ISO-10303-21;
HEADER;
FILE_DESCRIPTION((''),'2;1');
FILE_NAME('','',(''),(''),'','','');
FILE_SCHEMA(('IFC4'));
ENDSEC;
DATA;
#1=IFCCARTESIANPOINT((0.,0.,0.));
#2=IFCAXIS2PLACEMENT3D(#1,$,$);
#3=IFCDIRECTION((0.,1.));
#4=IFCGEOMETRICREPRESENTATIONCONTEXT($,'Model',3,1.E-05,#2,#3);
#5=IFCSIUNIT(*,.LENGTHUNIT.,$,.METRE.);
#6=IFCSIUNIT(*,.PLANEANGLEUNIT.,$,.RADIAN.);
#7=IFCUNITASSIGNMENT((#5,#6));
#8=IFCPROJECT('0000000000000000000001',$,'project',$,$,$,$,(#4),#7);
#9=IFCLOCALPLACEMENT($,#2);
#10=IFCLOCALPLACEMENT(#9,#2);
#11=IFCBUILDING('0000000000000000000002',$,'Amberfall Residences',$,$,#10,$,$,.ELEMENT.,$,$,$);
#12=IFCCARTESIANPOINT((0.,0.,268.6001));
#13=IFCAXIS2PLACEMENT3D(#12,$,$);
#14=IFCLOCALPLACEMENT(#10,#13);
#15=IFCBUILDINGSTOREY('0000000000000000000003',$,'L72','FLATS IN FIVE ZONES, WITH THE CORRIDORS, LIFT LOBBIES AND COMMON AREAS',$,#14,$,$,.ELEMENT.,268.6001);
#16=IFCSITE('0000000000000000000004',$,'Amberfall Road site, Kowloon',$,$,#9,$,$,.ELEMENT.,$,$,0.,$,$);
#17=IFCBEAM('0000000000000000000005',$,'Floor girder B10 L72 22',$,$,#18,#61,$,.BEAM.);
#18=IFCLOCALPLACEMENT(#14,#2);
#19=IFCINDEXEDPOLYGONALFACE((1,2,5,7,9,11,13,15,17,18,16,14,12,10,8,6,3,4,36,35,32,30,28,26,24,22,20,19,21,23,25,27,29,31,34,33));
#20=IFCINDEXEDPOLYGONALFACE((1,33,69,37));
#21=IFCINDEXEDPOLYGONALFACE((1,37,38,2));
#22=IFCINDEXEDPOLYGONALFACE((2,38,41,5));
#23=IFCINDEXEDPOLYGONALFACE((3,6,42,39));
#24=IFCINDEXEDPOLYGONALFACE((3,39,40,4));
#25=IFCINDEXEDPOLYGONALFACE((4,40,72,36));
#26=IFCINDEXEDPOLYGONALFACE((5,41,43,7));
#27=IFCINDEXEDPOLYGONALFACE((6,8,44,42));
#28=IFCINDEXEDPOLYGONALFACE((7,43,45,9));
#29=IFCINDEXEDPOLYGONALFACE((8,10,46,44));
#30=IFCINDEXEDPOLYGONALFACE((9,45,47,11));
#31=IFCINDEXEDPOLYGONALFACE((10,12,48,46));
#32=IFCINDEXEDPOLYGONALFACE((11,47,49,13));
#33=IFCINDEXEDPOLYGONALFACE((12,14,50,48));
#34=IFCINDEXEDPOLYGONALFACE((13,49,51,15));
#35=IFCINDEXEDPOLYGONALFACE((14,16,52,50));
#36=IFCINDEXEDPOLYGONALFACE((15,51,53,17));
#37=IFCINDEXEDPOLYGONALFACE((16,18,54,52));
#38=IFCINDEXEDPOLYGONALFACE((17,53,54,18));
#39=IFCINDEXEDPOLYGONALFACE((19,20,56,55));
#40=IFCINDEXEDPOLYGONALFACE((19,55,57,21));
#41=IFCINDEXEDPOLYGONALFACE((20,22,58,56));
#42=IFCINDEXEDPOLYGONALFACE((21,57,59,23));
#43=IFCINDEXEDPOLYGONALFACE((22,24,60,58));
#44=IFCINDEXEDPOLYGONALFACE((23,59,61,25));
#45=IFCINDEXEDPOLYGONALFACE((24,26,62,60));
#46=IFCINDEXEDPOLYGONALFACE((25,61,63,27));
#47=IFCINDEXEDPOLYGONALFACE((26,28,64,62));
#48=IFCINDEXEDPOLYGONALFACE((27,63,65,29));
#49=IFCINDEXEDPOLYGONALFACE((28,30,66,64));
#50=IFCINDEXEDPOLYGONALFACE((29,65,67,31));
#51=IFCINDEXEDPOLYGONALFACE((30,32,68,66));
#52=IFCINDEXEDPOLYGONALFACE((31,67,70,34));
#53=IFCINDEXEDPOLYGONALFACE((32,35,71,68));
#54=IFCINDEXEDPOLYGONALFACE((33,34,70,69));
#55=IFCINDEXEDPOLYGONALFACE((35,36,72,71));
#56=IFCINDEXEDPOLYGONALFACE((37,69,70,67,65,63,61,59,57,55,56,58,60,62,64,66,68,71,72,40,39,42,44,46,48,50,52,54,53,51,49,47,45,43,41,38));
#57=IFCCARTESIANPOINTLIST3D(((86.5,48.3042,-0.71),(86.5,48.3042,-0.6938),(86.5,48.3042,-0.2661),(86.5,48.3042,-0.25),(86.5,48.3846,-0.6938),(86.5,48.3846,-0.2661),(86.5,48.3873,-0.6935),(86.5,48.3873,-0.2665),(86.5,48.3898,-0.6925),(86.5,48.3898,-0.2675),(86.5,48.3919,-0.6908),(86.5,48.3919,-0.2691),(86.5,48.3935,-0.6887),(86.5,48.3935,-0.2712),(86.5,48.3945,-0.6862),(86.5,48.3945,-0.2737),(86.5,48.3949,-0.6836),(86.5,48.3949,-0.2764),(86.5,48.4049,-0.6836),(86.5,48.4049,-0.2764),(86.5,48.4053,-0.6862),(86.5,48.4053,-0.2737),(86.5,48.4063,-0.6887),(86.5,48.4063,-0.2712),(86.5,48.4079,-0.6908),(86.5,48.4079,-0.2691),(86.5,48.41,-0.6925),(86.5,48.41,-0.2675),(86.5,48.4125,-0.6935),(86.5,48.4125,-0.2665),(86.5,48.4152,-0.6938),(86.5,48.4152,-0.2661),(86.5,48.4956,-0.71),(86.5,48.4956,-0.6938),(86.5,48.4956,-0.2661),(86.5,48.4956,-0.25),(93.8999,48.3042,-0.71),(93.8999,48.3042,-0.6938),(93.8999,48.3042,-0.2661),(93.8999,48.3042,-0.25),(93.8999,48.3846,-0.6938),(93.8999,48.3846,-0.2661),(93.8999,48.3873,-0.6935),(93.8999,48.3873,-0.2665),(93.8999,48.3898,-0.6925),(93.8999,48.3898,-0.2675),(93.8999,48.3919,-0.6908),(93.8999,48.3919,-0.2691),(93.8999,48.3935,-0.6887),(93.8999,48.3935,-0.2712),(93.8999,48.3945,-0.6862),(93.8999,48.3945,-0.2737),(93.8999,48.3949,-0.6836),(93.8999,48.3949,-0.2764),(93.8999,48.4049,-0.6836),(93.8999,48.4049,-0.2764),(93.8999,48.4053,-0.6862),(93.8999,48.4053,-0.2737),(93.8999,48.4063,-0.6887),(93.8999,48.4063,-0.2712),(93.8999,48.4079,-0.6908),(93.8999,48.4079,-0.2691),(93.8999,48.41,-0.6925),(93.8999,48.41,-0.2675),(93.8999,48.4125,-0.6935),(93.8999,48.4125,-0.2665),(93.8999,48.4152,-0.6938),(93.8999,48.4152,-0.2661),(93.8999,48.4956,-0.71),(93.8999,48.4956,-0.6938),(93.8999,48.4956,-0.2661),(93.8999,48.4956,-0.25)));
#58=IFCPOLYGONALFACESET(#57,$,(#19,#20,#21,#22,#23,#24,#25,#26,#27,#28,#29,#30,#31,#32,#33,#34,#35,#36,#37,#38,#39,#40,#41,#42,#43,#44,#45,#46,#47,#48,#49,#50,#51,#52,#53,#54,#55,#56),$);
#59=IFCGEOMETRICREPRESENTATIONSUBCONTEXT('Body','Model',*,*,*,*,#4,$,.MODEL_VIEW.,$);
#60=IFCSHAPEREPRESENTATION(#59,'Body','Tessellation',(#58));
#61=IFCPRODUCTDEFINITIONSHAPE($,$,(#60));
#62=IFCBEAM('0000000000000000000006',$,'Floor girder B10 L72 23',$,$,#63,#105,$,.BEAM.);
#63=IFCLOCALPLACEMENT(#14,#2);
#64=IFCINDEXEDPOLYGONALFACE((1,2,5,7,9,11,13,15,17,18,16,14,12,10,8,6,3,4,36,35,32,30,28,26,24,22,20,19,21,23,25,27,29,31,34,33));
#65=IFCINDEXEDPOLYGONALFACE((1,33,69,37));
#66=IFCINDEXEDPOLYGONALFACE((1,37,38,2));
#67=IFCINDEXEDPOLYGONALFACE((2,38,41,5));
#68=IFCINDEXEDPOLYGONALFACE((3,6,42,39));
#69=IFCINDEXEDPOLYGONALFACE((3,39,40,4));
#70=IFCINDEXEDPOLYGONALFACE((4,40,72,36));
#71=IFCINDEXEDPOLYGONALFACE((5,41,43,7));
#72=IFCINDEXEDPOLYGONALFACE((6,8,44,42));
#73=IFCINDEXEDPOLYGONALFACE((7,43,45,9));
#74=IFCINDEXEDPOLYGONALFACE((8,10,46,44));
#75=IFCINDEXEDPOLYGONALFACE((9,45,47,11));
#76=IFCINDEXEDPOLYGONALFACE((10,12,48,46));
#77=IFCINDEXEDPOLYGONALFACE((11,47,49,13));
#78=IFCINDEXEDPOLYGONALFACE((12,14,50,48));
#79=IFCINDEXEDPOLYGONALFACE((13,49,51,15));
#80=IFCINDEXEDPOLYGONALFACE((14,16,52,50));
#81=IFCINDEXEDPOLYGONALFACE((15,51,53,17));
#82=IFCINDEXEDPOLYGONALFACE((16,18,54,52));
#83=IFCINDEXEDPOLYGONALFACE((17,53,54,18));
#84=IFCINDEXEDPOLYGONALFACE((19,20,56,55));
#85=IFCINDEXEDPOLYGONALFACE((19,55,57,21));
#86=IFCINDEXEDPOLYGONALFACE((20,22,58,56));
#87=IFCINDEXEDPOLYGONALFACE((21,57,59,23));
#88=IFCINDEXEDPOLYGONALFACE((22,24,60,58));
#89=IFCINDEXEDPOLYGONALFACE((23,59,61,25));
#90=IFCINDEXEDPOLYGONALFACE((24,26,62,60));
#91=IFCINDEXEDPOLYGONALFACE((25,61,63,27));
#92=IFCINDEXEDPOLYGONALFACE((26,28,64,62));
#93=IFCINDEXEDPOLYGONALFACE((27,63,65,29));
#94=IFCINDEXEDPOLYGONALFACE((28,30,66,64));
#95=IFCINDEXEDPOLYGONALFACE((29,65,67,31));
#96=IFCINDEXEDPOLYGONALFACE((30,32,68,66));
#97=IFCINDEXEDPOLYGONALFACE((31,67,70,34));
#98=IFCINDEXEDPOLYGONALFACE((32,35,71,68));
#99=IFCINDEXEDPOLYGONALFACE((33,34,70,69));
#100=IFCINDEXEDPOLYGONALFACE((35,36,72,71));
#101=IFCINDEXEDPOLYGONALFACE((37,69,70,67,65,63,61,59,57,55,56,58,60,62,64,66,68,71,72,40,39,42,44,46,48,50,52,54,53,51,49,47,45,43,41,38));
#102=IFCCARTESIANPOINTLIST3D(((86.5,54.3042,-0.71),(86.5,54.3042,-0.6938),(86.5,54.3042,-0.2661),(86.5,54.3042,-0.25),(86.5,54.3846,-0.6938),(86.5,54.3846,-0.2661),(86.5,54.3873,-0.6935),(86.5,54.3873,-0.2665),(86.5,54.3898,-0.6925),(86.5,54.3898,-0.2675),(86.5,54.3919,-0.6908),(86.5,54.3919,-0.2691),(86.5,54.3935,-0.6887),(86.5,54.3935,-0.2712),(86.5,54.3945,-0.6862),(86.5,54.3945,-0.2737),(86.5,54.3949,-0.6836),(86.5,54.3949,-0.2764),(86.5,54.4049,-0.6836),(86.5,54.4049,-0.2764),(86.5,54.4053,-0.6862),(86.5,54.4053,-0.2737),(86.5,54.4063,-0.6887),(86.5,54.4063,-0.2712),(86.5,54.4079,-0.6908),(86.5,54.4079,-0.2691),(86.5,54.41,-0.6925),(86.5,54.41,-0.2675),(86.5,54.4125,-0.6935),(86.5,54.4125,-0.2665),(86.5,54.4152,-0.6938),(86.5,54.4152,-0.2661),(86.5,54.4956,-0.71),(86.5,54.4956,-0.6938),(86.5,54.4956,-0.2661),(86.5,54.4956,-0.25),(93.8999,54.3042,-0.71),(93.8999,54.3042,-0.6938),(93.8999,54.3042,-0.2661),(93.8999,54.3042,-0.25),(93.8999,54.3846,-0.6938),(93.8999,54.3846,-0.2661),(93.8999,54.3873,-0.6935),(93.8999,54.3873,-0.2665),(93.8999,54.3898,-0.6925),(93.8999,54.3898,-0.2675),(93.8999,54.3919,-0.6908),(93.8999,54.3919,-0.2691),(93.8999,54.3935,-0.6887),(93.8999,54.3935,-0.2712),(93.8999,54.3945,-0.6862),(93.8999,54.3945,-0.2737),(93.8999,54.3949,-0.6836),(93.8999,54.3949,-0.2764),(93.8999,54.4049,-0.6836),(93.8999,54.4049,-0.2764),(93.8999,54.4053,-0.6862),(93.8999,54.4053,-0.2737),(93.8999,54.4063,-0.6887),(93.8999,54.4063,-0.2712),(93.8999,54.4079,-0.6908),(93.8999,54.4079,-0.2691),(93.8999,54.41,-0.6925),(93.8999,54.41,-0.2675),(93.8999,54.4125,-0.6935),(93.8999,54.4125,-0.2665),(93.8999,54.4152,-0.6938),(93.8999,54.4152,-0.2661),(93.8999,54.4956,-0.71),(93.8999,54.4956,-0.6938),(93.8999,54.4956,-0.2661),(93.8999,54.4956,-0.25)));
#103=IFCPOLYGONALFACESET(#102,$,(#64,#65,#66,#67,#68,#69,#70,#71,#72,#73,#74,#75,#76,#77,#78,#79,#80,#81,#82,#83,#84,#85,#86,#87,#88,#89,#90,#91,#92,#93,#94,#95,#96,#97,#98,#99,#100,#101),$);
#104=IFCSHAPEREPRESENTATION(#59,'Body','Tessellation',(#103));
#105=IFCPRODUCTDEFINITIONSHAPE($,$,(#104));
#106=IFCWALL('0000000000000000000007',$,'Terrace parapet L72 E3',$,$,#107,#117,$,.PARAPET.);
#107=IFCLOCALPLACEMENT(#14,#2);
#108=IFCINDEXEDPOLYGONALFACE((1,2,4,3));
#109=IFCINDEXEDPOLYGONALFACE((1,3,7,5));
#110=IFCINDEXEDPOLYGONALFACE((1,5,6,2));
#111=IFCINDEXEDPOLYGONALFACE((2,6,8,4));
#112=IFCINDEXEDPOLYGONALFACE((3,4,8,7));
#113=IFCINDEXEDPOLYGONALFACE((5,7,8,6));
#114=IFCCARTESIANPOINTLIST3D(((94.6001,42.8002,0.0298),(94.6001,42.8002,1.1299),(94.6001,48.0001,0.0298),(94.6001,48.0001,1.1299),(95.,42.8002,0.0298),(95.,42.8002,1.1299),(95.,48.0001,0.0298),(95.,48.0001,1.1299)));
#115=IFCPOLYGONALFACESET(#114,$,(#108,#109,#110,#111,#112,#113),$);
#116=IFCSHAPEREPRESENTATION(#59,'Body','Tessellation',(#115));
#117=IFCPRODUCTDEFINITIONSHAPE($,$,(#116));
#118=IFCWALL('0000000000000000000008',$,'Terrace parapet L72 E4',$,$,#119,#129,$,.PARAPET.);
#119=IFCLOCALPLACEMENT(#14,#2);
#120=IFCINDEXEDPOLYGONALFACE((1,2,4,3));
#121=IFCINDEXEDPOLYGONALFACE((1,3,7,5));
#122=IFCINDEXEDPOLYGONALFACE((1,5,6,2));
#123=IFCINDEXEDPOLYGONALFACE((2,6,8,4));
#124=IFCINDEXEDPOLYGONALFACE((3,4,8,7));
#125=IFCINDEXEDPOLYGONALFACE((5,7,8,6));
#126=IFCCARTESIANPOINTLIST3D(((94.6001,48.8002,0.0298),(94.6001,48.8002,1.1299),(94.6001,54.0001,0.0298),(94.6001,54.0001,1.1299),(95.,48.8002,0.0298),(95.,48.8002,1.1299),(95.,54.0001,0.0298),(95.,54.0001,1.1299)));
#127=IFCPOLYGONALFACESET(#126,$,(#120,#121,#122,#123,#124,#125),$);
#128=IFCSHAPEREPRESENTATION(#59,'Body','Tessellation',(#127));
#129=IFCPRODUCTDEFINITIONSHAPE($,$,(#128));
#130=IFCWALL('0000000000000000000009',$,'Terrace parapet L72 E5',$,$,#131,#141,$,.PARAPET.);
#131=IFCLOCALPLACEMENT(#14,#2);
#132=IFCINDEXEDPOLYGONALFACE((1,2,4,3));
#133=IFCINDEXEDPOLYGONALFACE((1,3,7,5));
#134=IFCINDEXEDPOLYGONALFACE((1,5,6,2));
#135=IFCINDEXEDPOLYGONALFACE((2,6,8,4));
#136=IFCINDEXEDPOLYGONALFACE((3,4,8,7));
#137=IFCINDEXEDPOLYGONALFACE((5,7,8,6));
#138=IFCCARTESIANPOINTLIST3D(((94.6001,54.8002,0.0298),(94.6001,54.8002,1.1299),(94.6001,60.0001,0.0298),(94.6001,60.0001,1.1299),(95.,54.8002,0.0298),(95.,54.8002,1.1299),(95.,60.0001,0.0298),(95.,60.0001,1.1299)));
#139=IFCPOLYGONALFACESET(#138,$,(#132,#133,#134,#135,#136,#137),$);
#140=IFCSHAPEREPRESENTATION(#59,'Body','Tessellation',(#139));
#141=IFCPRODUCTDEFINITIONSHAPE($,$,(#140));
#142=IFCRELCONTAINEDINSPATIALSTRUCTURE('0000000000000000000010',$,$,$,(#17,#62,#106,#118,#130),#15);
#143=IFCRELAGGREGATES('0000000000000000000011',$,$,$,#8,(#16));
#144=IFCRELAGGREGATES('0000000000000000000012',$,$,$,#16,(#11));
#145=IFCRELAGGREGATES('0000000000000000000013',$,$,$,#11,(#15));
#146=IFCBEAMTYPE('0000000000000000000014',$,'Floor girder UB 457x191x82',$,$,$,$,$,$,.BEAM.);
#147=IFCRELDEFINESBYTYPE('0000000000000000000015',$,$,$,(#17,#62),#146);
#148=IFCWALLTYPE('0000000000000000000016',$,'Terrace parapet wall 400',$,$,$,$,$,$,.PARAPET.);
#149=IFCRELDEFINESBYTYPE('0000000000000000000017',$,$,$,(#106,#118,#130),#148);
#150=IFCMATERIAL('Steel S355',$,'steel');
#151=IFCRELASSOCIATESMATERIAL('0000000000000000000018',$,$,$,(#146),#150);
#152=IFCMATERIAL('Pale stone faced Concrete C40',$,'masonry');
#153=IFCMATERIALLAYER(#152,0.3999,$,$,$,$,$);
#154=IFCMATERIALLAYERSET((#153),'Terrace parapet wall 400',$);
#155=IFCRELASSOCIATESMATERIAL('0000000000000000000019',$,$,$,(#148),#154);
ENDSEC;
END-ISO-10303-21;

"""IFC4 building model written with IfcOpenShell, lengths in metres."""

from ifc_helpers import new_model, si_unit, direction, frame, frame_2d, origin, origin_2d, place, context, subcontext, project, spatial, rectangle, i_section, extrude, material, layer, layer_set, material_profile, profile_set, type_object, element, save


model = new_model("IFC4")

# Units and contexts
model_context = context("Model", 3, precision=1e-05, world=origin(), true_north=direction((0.0, 1.0)))
body_context = subcontext(model_context, "Body", "Model", "MODEL_VIEW")
ifc_project = project(units=[si_unit("LENGTHUNIT", "METRE"), si_unit("PLANEANGLEUNIT", "RADIAN")], contexts=[model_context])

# Site, building, storey
site_placement = place(None, origin())
site = spatial("IfcSite", under=ifc_project, at=site_placement, Name="Amberfall Road site, Kowloon", CompositionType="ELEMENT", RefElevation=0.0)
building_placement = place(site_placement, origin())
building = spatial("IfcBuilding", under=site, at=building_placement, Name="Amberfall Residences", CompositionType="ELEMENT")
storey_placement = place(building_placement, frame((0.0, 0.0, 268.6001)))
storey = spatial("IfcBuildingStorey", under=building, at=storey_placement, Name="L72", Description="FLATS IN FIVE ZONES, WITH THE CORRIDORS, LIFT LOBBIES AND COMMON AREAS", CompositionType="ELEMENT", Elevation=268.6001)

# Beams
ifc_material_1 = material(Name="Steel S355", Category="steel")
ifc_material_profile_1 = material_profile(ifc_material_1, i_section(OverallWidth=0.1914, OverallDepth=0.46, WebThickness=0.01, FlangeThickness=0.0161, FilletRadius=0.0103, at=origin_2d()), Name="UB 457x191x82")
ifc_profile_set_1 = profile_set([ifc_material_profile_1], Name="Steel S355")
beam_type_1 = type_object("IfcBeamType", Name="Floor girder UB 457x191x82", PredefinedType="BEAM", material=ifc_profile_set_1)
for number, where, z_axis, x_axis, name in (
    (1, (93.8999, 48.3999, -0.48), (-1.0, 0.0, 0.0), (0.0, -1.0, 0.0), "Floor girder B10 L72 22"),
    (2, (93.8999, 54.3999, -0.48), (-1.0, 0.0, 0.0), (0.0, -1.0, 0.0), "Floor girder B10 L72 23"),
):
    element("IfcBeam", number, at=place(storey_placement, frame(where, z_axis=z_axis, x_axis=x_axis)), inside=storey, type_object=beam_type_1, Name=name, PredefinedType="BEAM", context=body_context, shape_type="SweptSolid", body=[
        extrude(i_section(OverallWidth=0.1914, OverallDepth=0.46, WebThickness=0.01, FlangeThickness=0.0161, FilletRadius=0.0103, at=origin_2d()), origin(), (0.0, 0.0, 1.0), 7.3999),
    ])

# Walls
ifc_material_2 = material(Name="Pale stone faced Concrete C40", Category="masonry")
ifc_layer = layer(ifc_material_2, 0.3999)
ifc_layer_set = layer_set([ifc_layer], Name="Terrace parapet wall 400")
wall_type = type_object("IfcWallType", Name="Terrace parapet wall 400", PredefinedType="PARAPET", material=ifc_layer_set)
for number, where, z_axis, x_axis, name in (
    (3, (94.8, 42.8, 0.0298), (0.0, 0.0, 1.0), (0.0, 1.0, 0.0), "Terrace parapet L72 E3"),
    (4, (94.8, 48.8, 0.0298), (0.0, 0.0, 1.0), (0.0, 1.0, 0.0), "Terrace parapet L72 E4"),
    (5, (94.8, 54.8, 0.0298), (0.0, 0.0, 1.0), (0.0, 1.0, 0.0), "Terrace parapet L72 E5"),
):
    element("IfcWall", number, at=place(storey_placement, frame(where, z_axis=z_axis, x_axis=x_axis)), inside=storey, type_object=wall_type, Name=name, PredefinedType="PARAPET", context=body_context, shape_type="SweptSolid", body=[
        extrude(rectangle(XDim=5.2, YDim=0.3999, at=frame_2d((2.6001, 0.0))), origin(), (0.0, 0.0, 1.0), 1.1001),
    ])

save(model, "model.ifc")
